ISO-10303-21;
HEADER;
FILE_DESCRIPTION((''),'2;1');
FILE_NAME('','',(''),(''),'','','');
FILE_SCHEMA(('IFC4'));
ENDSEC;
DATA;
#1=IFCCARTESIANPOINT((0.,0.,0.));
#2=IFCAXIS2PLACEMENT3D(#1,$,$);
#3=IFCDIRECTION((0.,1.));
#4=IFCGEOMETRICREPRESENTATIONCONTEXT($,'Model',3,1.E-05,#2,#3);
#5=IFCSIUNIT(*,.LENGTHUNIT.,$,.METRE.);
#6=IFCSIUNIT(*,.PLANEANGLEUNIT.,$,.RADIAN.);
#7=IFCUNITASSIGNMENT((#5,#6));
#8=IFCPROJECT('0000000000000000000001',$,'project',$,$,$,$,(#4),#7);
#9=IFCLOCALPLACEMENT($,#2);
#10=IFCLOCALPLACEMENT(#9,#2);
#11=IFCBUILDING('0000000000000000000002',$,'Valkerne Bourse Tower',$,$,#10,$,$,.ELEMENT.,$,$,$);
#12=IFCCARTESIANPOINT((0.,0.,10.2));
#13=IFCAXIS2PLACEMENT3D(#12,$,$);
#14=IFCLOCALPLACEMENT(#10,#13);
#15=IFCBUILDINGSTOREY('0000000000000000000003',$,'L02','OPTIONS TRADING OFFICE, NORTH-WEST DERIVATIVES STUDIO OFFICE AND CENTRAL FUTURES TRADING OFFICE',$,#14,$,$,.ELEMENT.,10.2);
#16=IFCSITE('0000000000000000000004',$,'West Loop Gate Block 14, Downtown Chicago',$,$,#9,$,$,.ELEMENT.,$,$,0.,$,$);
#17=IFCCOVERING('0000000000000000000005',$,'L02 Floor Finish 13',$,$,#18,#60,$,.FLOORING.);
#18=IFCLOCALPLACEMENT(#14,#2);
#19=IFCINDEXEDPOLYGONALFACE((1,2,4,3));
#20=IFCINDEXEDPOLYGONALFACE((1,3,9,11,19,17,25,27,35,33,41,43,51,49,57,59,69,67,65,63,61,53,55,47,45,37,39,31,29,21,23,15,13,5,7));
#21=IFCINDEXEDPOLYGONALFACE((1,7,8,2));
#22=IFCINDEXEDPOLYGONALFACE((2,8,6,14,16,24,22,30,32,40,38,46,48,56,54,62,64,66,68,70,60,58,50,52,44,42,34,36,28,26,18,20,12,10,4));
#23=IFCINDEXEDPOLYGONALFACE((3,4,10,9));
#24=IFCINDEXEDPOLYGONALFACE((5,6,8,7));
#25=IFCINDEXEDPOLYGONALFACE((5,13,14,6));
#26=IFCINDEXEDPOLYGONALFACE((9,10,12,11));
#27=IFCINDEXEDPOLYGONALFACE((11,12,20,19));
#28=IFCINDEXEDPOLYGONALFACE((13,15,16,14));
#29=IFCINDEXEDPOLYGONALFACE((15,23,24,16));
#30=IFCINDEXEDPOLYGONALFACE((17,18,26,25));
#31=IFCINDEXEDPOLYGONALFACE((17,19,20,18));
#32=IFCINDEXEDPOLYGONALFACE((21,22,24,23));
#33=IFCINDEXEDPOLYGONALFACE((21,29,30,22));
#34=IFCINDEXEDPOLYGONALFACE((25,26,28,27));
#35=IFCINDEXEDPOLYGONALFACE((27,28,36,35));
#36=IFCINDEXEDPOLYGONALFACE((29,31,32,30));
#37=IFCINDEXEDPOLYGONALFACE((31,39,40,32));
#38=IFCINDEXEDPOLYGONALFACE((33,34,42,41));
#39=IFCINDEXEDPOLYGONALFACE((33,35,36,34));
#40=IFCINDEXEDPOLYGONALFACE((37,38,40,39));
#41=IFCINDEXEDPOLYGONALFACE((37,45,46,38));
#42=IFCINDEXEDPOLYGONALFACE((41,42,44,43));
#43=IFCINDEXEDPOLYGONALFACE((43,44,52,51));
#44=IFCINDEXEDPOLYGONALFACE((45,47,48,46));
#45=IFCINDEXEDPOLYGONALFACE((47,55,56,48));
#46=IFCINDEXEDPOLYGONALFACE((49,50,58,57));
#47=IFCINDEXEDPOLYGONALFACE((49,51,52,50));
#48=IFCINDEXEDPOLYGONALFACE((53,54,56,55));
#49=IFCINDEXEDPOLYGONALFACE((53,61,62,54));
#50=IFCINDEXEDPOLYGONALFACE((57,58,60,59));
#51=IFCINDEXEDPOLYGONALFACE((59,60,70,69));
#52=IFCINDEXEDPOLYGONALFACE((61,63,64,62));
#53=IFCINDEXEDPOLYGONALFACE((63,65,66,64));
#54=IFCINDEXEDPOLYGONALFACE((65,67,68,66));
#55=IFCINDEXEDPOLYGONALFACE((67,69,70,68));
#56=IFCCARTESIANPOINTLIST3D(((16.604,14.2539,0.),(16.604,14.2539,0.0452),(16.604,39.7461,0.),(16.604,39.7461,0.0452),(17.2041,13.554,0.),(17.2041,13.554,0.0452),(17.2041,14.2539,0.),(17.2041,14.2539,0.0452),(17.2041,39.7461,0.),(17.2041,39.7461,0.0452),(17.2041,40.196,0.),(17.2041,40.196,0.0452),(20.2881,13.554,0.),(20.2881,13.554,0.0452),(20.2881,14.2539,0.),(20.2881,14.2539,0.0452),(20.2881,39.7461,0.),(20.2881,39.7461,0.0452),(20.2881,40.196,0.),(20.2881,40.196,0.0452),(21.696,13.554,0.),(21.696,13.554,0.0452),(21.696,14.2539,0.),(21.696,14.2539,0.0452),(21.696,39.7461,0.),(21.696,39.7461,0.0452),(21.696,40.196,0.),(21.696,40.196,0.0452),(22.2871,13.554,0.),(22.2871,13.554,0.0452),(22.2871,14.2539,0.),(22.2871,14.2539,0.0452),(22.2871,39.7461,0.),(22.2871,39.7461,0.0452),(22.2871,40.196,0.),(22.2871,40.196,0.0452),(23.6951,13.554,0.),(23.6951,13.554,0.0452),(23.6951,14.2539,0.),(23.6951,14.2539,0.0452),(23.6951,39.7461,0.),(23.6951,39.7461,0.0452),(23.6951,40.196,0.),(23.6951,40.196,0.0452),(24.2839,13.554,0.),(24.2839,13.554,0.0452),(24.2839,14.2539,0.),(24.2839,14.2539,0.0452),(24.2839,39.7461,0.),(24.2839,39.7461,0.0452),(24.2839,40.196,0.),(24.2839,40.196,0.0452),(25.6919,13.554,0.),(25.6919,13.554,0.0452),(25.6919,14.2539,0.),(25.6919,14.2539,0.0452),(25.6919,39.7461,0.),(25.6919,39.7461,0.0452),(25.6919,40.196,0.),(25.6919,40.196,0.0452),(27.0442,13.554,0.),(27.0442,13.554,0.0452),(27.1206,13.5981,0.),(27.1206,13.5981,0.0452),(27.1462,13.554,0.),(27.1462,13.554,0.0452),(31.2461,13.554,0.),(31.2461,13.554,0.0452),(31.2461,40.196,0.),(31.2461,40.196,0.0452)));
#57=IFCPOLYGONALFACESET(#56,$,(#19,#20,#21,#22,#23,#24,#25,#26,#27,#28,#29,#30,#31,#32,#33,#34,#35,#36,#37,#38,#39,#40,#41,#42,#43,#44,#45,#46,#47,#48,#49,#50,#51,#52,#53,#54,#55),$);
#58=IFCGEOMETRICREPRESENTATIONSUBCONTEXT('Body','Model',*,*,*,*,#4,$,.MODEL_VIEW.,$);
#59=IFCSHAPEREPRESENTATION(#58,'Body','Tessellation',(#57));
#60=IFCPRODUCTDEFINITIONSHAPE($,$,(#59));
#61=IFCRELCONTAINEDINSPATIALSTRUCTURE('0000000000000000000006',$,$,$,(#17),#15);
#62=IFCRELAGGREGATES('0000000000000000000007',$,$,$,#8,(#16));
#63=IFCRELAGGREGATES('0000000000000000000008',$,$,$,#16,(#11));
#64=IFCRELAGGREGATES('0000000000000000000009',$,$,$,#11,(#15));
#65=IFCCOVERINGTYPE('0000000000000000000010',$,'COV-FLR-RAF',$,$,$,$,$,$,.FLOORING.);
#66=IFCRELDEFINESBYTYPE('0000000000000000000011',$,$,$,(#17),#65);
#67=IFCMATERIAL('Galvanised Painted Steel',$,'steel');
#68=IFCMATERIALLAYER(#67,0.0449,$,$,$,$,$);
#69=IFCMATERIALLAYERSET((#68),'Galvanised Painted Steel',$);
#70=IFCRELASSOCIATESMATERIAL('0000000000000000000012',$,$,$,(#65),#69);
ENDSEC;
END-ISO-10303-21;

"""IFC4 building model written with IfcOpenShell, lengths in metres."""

from ifc_helpers import new_model, si_unit, direction, frame, origin, place, context, subcontext, project, spatial, polyline, outline, extrude, material, layer, layer_set, type_object, element, save


model = new_model("IFC4")

# Units and contexts
model_context = context("Model", 3, precision=1e-05, world=origin(), true_north=direction((0.0, 1.0)))
body_context = subcontext(model_context, "Body", "Model", "MODEL_VIEW")
ifc_project = project(units=[si_unit("LENGTHUNIT", "METRE"), si_unit("PLANEANGLEUNIT", "RADIAN")], contexts=[model_context])

# Site, building, storey
site_placement = place(None, origin())
site = spatial("IfcSite", under=ifc_project, at=site_placement, Name="West Loop Gate Block 14, Downtown Chicago", CompositionType="ELEMENT", RefElevation=0.0)
building_placement = place(site_placement, origin())
building = spatial("IfcBuilding", under=site, at=building_placement, Name="Valkerne Bourse Tower", CompositionType="ELEMENT")
storey_placement = place(building_placement, frame((0.0, 0.0, 10.2)))
storey = spatial("IfcBuildingStorey", under=building, at=storey_placement, Name="L02", Description="OPTIONS TRADING OFFICE, NORTH-WEST DERIVATIVES STUDIO OFFICE AND CENTRAL FUTURES TRADING OFFICE", CompositionType="ELEMENT", Elevation=10.2)

# Covering
ifc_material_1 = material(Name="Galvanised Painted Steel", Category="steel")
ifc_layer_1 = layer(ifc_material_1, 0.0449)
ifc_layer_set_1 = layer_set([ifc_layer_1], Name="Galvanised Painted Steel")
covering_type_1 = type_object("IfcCoveringType", Name="COV-FLR-RAF", PredefinedType="FLOORING", material=ifc_layer_set_1)
covering_1_placement = place(storey_placement, origin())
element("IfcCovering", 1, at=covering_1_placement, inside=storey, type_object=covering_type_1, Name="L02 Floor Finish 13", PredefinedType="FLOORING", context=body_context, shape_type="SweptSolid", body=[
    extrude(outline(polyline([(16.604, 39.7461), (17.2041, 39.7461), (17.2041, 40.196), (20.2881, 40.196), (20.2881, 39.7461), (21.696, 39.7461), (21.696, 40.196), (22.2871, 40.196), (22.2871, 39.7461), (23.6951, 39.7461), (23.6951, 40.196), (24.2839, 40.196), (24.2839, 39.7461), (25.6919, 39.7461), (25.6919, 40.196), (31.2461, 40.196), (31.2461, 13.554), (27.1462, 13.554), (27.1206, 13.5981), (27.0442, 13.554), (25.6919, 13.554), (25.6919, 14.2539), (24.2839, 14.2539), (24.2839, 13.554), (23.6951, 13.554), (23.6951, 14.2539), (22.2871, 14.2539), (22.2871, 13.554), (21.696, 13.554), (21.696, 14.2539), (20.2881, 14.2539), (20.2881, 13.554), (17.2041, 13.554), (17.2041, 14.2539), (16.604, 14.2539), (16.604, 39.7461)])), origin(), (0.0, 0.0, 1.0), 0.0452),
])

save(model, "model.ifc")
